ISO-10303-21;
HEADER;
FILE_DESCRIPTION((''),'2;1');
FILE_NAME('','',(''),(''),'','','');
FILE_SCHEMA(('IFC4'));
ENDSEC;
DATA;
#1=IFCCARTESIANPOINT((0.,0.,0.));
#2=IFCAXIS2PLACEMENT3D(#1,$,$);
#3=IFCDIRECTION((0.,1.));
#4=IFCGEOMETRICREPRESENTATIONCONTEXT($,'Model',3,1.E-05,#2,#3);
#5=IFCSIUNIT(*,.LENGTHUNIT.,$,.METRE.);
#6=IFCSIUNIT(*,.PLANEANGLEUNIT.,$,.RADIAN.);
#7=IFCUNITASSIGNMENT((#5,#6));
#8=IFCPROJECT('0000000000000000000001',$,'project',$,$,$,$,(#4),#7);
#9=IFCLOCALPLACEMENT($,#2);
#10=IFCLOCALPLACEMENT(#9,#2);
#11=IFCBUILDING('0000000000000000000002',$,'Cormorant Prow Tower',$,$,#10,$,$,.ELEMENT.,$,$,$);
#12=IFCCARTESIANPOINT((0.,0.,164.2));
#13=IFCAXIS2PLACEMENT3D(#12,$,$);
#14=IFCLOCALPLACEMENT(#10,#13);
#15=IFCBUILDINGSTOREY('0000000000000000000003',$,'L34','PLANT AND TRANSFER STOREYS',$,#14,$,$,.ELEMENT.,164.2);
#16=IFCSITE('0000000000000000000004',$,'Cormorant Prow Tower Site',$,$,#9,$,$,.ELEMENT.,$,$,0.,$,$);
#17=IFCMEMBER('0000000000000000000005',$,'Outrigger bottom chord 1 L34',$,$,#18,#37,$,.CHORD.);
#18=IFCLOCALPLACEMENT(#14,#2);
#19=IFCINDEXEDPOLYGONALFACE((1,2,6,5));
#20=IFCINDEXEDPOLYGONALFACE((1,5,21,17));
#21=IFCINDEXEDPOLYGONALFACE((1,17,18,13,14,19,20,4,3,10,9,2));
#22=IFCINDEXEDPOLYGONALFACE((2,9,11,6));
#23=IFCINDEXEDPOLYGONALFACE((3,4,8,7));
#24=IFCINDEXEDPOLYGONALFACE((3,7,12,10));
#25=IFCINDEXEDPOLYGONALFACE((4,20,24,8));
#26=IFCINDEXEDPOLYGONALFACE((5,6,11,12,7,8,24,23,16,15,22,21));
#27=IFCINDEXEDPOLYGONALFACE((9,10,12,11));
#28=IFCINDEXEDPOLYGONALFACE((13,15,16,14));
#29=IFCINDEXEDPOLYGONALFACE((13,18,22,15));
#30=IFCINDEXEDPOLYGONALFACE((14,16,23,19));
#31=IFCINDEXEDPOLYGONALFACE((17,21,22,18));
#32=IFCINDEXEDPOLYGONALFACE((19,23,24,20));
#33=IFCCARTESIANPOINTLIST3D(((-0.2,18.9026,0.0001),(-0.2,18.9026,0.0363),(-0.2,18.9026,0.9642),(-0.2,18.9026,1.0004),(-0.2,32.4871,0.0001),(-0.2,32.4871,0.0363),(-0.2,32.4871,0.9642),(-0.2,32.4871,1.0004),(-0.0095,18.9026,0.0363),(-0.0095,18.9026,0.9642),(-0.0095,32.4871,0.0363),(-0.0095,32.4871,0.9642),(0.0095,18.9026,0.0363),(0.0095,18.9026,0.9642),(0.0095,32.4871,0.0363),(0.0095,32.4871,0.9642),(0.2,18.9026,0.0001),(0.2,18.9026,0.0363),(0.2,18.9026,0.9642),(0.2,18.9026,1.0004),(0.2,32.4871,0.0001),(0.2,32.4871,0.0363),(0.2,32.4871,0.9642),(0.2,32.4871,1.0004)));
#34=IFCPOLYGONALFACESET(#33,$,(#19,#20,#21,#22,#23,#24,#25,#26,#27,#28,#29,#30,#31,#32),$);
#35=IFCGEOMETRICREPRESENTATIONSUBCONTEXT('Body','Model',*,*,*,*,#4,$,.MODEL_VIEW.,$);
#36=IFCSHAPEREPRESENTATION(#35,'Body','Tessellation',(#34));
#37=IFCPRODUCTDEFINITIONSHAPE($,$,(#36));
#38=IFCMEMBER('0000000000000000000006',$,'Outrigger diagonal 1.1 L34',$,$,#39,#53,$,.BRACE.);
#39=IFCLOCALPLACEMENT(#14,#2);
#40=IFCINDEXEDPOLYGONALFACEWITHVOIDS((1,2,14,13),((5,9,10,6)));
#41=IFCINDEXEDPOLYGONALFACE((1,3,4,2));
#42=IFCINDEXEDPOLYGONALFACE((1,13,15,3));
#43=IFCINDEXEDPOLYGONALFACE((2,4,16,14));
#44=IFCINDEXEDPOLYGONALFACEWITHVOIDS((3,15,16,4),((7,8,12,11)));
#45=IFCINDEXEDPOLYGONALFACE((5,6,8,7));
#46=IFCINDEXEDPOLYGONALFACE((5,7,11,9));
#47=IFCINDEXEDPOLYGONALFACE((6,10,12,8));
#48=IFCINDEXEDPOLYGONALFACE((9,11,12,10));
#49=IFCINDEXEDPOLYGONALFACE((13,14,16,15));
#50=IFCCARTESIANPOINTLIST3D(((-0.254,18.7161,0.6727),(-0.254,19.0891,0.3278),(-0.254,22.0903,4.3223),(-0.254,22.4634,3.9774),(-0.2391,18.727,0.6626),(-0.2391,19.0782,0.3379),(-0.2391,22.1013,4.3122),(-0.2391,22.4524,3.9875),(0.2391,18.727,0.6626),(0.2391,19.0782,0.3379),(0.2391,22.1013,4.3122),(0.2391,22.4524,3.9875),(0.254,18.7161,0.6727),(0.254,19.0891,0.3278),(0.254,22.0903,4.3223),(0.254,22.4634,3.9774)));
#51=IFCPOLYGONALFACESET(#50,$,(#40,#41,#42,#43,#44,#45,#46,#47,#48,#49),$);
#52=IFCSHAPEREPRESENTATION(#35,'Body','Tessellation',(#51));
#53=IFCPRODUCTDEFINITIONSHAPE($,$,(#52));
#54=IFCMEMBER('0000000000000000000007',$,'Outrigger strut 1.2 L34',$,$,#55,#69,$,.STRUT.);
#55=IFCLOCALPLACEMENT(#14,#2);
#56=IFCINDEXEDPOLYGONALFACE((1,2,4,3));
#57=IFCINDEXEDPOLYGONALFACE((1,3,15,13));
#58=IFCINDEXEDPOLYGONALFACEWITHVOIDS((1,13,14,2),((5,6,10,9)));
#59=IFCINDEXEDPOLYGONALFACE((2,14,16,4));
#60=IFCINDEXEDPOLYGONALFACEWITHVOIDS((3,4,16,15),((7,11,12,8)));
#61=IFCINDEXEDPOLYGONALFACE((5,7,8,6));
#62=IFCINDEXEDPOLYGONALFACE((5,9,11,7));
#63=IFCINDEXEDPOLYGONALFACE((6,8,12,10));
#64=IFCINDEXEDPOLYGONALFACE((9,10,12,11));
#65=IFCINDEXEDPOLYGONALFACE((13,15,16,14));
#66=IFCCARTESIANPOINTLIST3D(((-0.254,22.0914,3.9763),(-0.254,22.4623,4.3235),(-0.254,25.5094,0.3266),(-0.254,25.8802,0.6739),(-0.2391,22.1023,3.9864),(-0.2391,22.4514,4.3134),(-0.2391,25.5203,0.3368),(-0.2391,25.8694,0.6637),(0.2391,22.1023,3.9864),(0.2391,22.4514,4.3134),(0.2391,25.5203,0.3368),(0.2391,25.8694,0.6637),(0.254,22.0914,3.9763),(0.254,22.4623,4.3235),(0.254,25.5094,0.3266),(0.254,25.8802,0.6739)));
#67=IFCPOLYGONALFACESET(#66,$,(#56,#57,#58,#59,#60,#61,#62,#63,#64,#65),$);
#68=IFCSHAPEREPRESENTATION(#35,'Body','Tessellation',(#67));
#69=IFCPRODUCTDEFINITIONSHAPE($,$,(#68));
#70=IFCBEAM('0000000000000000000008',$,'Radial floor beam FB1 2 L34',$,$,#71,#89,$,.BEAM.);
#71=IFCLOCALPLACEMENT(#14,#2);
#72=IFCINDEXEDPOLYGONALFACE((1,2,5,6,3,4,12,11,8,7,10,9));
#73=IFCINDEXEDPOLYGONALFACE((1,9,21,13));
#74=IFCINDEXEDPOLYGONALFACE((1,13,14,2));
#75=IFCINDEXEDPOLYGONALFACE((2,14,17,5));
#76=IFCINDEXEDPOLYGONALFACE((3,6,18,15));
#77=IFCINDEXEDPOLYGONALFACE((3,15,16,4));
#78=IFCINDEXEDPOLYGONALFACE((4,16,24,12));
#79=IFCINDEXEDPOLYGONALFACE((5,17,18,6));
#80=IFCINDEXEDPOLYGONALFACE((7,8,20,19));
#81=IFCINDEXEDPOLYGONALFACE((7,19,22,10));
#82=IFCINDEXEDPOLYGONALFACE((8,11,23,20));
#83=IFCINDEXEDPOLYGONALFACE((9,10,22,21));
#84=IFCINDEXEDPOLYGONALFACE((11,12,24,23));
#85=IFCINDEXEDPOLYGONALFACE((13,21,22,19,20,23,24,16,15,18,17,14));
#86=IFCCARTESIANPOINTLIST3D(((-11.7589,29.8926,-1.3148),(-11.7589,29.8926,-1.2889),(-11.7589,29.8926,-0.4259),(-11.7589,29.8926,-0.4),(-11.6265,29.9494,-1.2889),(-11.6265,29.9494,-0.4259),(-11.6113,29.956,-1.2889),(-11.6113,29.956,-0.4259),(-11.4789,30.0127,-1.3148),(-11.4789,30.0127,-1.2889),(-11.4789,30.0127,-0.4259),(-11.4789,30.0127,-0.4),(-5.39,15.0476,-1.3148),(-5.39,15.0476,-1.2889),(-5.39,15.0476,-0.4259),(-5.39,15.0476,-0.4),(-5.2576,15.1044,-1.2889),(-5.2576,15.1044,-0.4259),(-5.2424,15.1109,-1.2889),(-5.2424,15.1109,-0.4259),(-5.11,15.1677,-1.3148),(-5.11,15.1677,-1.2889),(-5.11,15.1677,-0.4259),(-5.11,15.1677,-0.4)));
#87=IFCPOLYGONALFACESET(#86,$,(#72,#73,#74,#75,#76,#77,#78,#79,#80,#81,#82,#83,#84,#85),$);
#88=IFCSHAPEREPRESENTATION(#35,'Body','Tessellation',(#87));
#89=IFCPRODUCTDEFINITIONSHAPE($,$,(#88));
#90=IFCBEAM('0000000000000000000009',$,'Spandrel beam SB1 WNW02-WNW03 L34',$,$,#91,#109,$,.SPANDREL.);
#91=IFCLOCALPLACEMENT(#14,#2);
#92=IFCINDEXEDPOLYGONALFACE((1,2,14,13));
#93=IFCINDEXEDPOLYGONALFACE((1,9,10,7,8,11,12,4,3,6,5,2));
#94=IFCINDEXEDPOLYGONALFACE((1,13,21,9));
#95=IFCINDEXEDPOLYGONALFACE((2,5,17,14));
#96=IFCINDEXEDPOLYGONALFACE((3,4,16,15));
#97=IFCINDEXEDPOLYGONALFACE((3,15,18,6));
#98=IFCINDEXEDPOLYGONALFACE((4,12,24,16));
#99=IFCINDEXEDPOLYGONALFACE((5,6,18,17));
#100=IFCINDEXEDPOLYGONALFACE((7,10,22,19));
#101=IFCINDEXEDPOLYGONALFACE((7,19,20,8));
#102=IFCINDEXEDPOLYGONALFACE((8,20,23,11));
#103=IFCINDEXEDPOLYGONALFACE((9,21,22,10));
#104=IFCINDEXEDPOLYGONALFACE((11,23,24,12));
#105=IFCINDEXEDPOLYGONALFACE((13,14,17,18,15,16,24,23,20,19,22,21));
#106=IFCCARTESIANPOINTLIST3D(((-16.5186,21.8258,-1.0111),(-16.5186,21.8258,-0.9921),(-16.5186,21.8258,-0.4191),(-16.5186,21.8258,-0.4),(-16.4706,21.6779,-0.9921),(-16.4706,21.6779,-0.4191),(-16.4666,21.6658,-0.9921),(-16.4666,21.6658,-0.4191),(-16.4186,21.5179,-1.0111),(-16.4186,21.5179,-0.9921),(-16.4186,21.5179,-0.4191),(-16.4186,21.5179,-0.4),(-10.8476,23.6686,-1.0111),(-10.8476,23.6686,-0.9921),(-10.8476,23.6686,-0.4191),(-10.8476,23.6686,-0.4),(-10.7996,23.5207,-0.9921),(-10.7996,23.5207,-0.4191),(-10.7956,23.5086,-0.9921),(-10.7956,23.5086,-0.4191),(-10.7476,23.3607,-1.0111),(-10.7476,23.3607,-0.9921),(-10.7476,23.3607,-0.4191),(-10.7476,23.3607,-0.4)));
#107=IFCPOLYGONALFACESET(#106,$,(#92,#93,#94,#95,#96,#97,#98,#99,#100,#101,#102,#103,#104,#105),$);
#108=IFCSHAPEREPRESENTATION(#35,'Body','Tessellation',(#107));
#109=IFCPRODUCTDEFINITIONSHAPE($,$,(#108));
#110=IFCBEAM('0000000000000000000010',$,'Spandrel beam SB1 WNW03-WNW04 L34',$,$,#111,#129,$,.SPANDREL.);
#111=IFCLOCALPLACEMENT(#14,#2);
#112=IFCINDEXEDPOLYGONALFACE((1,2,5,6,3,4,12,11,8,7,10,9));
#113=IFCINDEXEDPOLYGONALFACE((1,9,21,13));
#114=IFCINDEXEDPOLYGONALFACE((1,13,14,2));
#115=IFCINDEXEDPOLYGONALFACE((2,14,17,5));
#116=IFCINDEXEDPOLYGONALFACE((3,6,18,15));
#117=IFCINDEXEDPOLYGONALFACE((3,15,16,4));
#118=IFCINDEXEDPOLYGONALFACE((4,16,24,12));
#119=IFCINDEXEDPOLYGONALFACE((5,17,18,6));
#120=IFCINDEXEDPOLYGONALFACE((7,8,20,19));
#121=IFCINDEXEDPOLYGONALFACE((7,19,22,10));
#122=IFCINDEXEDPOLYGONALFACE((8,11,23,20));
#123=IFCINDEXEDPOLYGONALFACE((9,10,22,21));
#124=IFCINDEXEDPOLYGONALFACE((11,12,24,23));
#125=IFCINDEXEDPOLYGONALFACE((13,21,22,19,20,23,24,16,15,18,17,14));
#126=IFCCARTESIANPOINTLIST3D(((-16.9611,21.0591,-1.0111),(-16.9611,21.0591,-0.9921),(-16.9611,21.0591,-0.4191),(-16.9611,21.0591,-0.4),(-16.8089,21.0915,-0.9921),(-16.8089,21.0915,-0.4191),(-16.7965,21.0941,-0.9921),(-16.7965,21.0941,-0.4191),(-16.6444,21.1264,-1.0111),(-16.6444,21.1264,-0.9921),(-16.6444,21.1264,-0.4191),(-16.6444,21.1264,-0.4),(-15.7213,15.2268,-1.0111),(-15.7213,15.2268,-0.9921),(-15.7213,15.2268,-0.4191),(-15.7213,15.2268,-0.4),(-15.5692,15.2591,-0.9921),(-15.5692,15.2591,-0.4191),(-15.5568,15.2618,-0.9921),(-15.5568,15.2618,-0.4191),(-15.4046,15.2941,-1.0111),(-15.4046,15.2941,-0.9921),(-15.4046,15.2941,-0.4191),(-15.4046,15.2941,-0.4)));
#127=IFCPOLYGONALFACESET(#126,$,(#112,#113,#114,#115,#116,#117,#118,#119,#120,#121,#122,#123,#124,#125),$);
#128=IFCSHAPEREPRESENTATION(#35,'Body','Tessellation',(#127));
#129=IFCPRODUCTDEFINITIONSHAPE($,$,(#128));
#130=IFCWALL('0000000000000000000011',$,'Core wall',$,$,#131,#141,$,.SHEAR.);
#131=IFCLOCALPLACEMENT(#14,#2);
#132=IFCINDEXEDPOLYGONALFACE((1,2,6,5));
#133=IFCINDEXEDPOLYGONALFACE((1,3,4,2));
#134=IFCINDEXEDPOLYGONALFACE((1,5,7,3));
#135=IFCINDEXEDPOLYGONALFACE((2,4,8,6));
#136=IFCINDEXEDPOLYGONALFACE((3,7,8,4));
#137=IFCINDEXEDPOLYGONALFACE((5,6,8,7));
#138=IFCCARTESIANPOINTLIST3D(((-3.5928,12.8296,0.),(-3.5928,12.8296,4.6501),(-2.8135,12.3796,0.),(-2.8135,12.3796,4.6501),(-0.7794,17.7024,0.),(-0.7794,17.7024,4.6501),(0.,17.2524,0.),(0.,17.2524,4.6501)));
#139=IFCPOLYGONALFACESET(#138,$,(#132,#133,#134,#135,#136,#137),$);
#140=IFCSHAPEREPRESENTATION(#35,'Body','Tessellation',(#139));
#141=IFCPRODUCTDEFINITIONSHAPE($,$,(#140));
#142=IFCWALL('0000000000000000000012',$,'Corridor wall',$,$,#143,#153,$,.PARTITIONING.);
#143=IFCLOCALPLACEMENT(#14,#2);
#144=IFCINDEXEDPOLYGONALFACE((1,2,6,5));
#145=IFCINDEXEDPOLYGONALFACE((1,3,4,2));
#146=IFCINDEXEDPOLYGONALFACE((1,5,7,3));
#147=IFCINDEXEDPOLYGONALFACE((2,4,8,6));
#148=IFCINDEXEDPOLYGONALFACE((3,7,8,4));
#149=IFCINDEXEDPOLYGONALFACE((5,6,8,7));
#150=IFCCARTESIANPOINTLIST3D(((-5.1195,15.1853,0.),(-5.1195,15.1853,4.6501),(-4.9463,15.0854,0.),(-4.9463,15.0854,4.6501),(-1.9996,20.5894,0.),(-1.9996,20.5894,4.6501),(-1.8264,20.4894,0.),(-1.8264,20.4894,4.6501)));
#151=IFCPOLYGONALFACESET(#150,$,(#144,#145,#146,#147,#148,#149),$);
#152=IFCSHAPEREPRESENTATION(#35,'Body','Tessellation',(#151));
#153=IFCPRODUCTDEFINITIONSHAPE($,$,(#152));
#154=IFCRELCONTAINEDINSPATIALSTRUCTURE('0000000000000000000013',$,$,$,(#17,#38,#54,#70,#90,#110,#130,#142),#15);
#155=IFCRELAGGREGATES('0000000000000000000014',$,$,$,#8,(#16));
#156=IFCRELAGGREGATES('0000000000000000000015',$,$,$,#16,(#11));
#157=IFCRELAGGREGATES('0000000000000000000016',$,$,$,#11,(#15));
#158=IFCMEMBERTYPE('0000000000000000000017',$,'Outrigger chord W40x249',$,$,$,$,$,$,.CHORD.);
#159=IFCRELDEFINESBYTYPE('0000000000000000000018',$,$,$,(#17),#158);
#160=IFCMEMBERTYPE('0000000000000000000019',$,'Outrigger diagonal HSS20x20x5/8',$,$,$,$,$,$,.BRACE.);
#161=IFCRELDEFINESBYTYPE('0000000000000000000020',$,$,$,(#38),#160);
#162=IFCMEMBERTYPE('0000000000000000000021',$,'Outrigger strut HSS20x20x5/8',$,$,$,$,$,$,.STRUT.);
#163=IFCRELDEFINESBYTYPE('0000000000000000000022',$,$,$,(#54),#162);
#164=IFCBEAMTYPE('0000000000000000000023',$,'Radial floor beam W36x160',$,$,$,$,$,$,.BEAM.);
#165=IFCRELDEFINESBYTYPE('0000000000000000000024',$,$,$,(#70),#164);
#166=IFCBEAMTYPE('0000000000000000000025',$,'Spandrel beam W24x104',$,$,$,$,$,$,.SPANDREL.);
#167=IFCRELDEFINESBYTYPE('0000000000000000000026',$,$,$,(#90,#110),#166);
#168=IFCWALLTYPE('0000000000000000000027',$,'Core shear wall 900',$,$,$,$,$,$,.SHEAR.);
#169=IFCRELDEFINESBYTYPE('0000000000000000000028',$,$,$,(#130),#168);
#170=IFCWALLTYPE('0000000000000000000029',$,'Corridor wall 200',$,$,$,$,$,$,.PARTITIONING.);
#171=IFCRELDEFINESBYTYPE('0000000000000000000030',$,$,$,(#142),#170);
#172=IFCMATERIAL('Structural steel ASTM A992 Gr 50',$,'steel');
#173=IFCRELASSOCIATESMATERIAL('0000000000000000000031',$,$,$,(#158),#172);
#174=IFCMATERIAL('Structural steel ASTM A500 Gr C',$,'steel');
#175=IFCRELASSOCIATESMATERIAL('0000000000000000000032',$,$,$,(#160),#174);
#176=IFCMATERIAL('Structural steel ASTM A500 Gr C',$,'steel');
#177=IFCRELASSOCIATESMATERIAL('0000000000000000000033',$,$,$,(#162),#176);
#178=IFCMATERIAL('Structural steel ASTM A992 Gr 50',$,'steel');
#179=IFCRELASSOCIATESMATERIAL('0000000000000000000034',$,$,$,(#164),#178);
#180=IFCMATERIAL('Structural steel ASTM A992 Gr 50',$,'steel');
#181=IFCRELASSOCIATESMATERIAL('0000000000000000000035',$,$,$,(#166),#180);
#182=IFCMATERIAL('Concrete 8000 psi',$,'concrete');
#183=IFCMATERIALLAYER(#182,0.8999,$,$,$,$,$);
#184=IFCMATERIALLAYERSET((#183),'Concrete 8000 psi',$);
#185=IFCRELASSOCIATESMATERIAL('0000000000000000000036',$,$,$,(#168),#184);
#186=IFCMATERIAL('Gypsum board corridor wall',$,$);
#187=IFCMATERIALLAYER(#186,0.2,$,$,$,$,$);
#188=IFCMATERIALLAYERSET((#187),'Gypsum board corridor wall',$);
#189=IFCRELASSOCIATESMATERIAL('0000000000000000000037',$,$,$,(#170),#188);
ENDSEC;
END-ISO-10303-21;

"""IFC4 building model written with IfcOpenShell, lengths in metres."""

from ifc_helpers import new_model, si_unit, direction, frame, frame_2d, origin, origin_2d, place, context, subcontext, project, spatial, rectangle, hollow_rectangle, i_section, extrude, material, layer, layer_set, material_profile, profile_set, type_object, element, save


model = new_model("IFC4")

# Units and contexts
model_context = context("Model", 3, precision=1e-05, world=origin(), true_north=direction((0.0, 1.0)))
body_context = subcontext(model_context, "Body", "Model", "MODEL_VIEW")
ifc_project = project(units=[si_unit("LENGTHUNIT", "METRE"), si_unit("PLANEANGLEUNIT", "RADIAN")], contexts=[model_context])

# Site, building, storey
site_placement = place(None, origin())
site = spatial("IfcSite", under=ifc_project, at=site_placement, Name="Cormorant Prow Tower Site", CompositionType="ELEMENT", RefElevation=0.0)
building_placement = place(site_placement, origin())
building = spatial("IfcBuilding", under=site, at=building_placement, Name="Cormorant Prow Tower", CompositionType="ELEMENT")
storey_placement = place(building_placement, frame((0.0, 0.0, 164.2)))
storey = spatial("IfcBuildingStorey", under=building, at=storey_placement, Name="L34", Description="PLANT AND TRANSFER STOREYS", CompositionType="ELEMENT", Elevation=164.2)

# Members
ifc_material_1 = material(Name="Structural steel ASTM A992 Gr 50", Category="steel")
ifc_material_profile_1 = material_profile(ifc_material_1, i_section(OverallWidth=0.3999, OverallDepth=1.0002, WebThickness=0.019, FlangeThickness=0.0361, at=origin_2d()), Name="W40x249")
ifc_profile_set_1 = profile_set([ifc_material_profile_1], Name="Structural steel ASTM A992 Gr 50")
member_type_1 = type_object("IfcMemberType", Name="Outrigger chord W40x249", PredefinedType="CHORD", material=ifc_profile_set_1)
member_1_placement = place(storey_placement, frame((0.0, 18.9026, 0.5002), z_axis=(0.0, 1.0, 0.0), x_axis=(-1.0, 0.0, 0.0)))
element("IfcMember", 1, at=member_1_placement, inside=storey, type_object=member_type_1, Name="Outrigger bottom chord 1 L34", PredefinedType="CHORD", context=body_context, shape_type="SweptSolid", body=[
    extrude(i_section(OverallWidth=0.3999, OverallDepth=1.0002, WebThickness=0.019, FlangeThickness=0.0361, at=origin_2d()), origin(), (0.0, 0.0, 1.0), 13.5845),
])
ifc_material_2 = material(Name="Structural steel ASTM A500 Gr C", Category="steel")
ifc_material_profile_2 = material_profile(ifc_material_2, hollow_rectangle(XDim=0.5081, YDim=0.5081, WallThickness=0.0149, at=origin_2d()), Name="HSS20x20x5/8")
ifc_profile_set_2 = profile_set([ifc_material_profile_2], Name="Structural steel ASTM A500 Gr C")
member_type_2 = type_object("IfcMemberType", Name="Outrigger diagonal HSS20x20x5/8", PredefinedType="BRACE", material=ifc_profile_set_2)
member_2_placement = place(storey_placement, frame((0.0, 18.9026, 0.5002), z_axis=(0.0, 0.678861, 0.734267), x_axis=(-1.0, 0.0, 0.0)))
element("IfcMember", 2, at=member_2_placement, inside=storey, type_object=member_type_2, Name="Outrigger diagonal 1.1 L34", PredefinedType="BRACE", context=body_context, shape_type="SweptSolid", body=[
    extrude(hollow_rectangle(XDim=0.5081, YDim=0.5081, WallThickness=0.0149, at=origin_2d()), origin(), (0.0, 0.0, 1.0), 4.9705),
])
ifc_material_3 = material(Name="Structural steel ASTM A500 Gr C", Category="steel")
ifc_material_profile_3 = material_profile(ifc_material_3, hollow_rectangle(XDim=0.5081, YDim=0.5081, WallThickness=0.0149, at=origin_2d()), Name="HSS20x20x5/8")
ifc_profile_set_3 = profile_set([ifc_material_profile_3], Name="Structural steel ASTM A500 Gr C")
member_type_3 = type_object("IfcMemberType", Name="Outrigger strut HSS20x20x5/8", PredefinedType="STRUT", material=ifc_profile_set_3)
member_3_placement = place(storey_placement, frame((0.0, 22.2769, 4.1499), z_axis=(0.0, 0.683559, -0.729895), x_axis=(-1.0, 0.0, 0.0)))
element("IfcMember", 3, at=member_3_placement, inside=storey, type_object=member_type_3, Name="Outrigger strut 1.2 L34", PredefinedType="STRUT", context=body_context, shape_type="SweptSolid", body=[
    extrude(hollow_rectangle(XDim=0.5081, YDim=0.5081, WallThickness=0.0149, at=origin_2d()), origin(), (0.0, 0.0, 1.0), 5.0002),
])

# Beams
ifc_material_4 = material(Name="Structural steel ASTM A992 Gr 50", Category="steel")
ifc_material_profile_4 = material_profile(ifc_material_4, i_section(OverallWidth=0.3047, OverallDepth=0.9148, WebThickness=0.0166, FlangeThickness=0.0259, at=origin_2d()), Name="W36x160")
ifc_profile_set_4 = profile_set([ifc_material_profile_4], Name="Structural steel ASTM A992 Gr 50")
beam_type_1 = type_object("IfcBeamType", Name="Radial floor beam W36x160", PredefinedType="BEAM", material=ifc_profile_set_4)
beam_1_placement = place(storey_placement, frame((-5.25, 15.1077, -0.8574), z_axis=(-0.394273, 0.918993, 0.0), x_axis=(-0.918993, -0.394273, 0.0)))
element("IfcBeam", 4, at=beam_1_placement, inside=storey, type_object=beam_type_1, Name="Radial floor beam FB1 2 L34", PredefinedType="BEAM", context=body_context, shape_type="SweptSolid", body=[
    extrude(i_section(OverallWidth=0.3047, OverallDepth=0.9148, WebThickness=0.0166, FlangeThickness=0.0259, at=origin_2d()), origin(), (0.0, 0.0, 1.0), 16.1536),
])
ifc_material_5 = material(Name="Structural steel ASTM A992 Gr 50", Category="steel")
ifc_material_profile_5 = material_profile(ifc_material_5, i_section(OverallWidth=0.3237, OverallDepth=0.6111, WebThickness=0.0127, FlangeThickness=0.019, at=origin_2d()), Name="W24x104")
ifc_profile_set_5 = profile_set([ifc_material_profile_5], Name="Structural steel ASTM A992 Gr 50")
beam_type_2 = type_object("IfcBeamType", Name="Spandrel beam W24x104", PredefinedType="SPANDREL", material=ifc_profile_set_5)
beam_2_placement = place(storey_placement, frame((-10.7976, 23.5146, -0.7056), z_axis=(-0.951047, -0.309045, 0.0), x_axis=(0.309045, -0.951047, 0.0)))
element("IfcBeam", 5, at=beam_2_placement, inside=storey, type_object=beam_type_2, Name="Spandrel beam SB1 WNW02-WNW03 L34", PredefinedType="SPANDREL", context=body_context, shape_type="SweptSolid", body=[
    extrude(i_section(OverallWidth=0.3237, OverallDepth=0.6111, WebThickness=0.0127, FlangeThickness=0.019, at=origin_2d()), origin(), (0.0, 0.0, 1.0), 5.9629),
])
beam_3_placement = place(storey_placement, frame((-16.8027, 21.0928, -0.7056), z_axis=(0.207921, -0.978146, 0.0), x_axis=(0.978146, 0.207921, 0.0)))
element("IfcBeam", 6, at=beam_3_placement, inside=storey, type_object=beam_type_2, Name="Spandrel beam SB1 WNW03-WNW04 L34", PredefinedType="SPANDREL", context=body_context, shape_type="SweptSolid", body=[
    extrude(i_section(OverallWidth=0.3237, OverallDepth=0.6111, WebThickness=0.0127, FlangeThickness=0.019, at=origin_2d()), origin(), (0.0, 0.0, 1.0), 5.9626),
])

# Walls
ifc_material_6 = material(Name="Concrete 8000 psi", Category="concrete")
ifc_layer_1 = layer(ifc_material_6, 0.8999)
ifc_layer_set_1 = layer_set([ifc_layer_1], Name="Concrete 8000 psi")
wall_type_1 = type_object("IfcWallType", Name="Core shear wall 900", PredefinedType="SHEAR", material=ifc_layer_set_1)
wall_1_placement = place(storey_placement, frame((-0.3896, 17.4775, 0.0), z_axis=(0.0, 0.0, 1.0), x_axis=(-0.500022, -0.866013, 0.0)))
element("IfcWall", 7, at=wall_1_placement, inside=storey, type_object=wall_type_1, Name="Core wall", PredefinedType="SHEAR", context=body_context, shape_type="SweptSolid", body=[
    extrude(rectangle(XDim=5.6267, YDim=0.8999, at=frame_2d((2.8135, 0.0))), origin(), (0.0, 0.0, 1.0), 4.6501),
])
ifc_material_7 = material(Name="Gypsum board corridor wall")
ifc_layer_2 = layer(ifc_material_7, 0.2)
ifc_layer_set_2 = layer_set([ifc_layer_2], Name="Gypsum board corridor wall")
wall_type_2 = type_object("IfcWallType", Name="Corridor wall 200", PredefinedType="PARTITIONING", material=ifc_layer_set_2)
wall_2_placement = place(storey_placement, frame((-5.033, 15.1353, 0.0), z_axis=(0.0, 0.0, 1.0), x_axis=(0.499981, 0.866036, 0.0)))
element("IfcWall", 8, at=wall_2_placement, inside=storey, type_object=wall_type_2, Name="Corridor wall", PredefinedType="PARTITIONING", context=body_context, shape_type="SweptSolid", body=[
    extrude(rectangle(XDim=6.24, YDim=0.2, at=frame_2d((3.1201, 0.0))), origin(), (0.0, 0.0, 1.0), 4.6501),
])

save(model, "model.ifc")
